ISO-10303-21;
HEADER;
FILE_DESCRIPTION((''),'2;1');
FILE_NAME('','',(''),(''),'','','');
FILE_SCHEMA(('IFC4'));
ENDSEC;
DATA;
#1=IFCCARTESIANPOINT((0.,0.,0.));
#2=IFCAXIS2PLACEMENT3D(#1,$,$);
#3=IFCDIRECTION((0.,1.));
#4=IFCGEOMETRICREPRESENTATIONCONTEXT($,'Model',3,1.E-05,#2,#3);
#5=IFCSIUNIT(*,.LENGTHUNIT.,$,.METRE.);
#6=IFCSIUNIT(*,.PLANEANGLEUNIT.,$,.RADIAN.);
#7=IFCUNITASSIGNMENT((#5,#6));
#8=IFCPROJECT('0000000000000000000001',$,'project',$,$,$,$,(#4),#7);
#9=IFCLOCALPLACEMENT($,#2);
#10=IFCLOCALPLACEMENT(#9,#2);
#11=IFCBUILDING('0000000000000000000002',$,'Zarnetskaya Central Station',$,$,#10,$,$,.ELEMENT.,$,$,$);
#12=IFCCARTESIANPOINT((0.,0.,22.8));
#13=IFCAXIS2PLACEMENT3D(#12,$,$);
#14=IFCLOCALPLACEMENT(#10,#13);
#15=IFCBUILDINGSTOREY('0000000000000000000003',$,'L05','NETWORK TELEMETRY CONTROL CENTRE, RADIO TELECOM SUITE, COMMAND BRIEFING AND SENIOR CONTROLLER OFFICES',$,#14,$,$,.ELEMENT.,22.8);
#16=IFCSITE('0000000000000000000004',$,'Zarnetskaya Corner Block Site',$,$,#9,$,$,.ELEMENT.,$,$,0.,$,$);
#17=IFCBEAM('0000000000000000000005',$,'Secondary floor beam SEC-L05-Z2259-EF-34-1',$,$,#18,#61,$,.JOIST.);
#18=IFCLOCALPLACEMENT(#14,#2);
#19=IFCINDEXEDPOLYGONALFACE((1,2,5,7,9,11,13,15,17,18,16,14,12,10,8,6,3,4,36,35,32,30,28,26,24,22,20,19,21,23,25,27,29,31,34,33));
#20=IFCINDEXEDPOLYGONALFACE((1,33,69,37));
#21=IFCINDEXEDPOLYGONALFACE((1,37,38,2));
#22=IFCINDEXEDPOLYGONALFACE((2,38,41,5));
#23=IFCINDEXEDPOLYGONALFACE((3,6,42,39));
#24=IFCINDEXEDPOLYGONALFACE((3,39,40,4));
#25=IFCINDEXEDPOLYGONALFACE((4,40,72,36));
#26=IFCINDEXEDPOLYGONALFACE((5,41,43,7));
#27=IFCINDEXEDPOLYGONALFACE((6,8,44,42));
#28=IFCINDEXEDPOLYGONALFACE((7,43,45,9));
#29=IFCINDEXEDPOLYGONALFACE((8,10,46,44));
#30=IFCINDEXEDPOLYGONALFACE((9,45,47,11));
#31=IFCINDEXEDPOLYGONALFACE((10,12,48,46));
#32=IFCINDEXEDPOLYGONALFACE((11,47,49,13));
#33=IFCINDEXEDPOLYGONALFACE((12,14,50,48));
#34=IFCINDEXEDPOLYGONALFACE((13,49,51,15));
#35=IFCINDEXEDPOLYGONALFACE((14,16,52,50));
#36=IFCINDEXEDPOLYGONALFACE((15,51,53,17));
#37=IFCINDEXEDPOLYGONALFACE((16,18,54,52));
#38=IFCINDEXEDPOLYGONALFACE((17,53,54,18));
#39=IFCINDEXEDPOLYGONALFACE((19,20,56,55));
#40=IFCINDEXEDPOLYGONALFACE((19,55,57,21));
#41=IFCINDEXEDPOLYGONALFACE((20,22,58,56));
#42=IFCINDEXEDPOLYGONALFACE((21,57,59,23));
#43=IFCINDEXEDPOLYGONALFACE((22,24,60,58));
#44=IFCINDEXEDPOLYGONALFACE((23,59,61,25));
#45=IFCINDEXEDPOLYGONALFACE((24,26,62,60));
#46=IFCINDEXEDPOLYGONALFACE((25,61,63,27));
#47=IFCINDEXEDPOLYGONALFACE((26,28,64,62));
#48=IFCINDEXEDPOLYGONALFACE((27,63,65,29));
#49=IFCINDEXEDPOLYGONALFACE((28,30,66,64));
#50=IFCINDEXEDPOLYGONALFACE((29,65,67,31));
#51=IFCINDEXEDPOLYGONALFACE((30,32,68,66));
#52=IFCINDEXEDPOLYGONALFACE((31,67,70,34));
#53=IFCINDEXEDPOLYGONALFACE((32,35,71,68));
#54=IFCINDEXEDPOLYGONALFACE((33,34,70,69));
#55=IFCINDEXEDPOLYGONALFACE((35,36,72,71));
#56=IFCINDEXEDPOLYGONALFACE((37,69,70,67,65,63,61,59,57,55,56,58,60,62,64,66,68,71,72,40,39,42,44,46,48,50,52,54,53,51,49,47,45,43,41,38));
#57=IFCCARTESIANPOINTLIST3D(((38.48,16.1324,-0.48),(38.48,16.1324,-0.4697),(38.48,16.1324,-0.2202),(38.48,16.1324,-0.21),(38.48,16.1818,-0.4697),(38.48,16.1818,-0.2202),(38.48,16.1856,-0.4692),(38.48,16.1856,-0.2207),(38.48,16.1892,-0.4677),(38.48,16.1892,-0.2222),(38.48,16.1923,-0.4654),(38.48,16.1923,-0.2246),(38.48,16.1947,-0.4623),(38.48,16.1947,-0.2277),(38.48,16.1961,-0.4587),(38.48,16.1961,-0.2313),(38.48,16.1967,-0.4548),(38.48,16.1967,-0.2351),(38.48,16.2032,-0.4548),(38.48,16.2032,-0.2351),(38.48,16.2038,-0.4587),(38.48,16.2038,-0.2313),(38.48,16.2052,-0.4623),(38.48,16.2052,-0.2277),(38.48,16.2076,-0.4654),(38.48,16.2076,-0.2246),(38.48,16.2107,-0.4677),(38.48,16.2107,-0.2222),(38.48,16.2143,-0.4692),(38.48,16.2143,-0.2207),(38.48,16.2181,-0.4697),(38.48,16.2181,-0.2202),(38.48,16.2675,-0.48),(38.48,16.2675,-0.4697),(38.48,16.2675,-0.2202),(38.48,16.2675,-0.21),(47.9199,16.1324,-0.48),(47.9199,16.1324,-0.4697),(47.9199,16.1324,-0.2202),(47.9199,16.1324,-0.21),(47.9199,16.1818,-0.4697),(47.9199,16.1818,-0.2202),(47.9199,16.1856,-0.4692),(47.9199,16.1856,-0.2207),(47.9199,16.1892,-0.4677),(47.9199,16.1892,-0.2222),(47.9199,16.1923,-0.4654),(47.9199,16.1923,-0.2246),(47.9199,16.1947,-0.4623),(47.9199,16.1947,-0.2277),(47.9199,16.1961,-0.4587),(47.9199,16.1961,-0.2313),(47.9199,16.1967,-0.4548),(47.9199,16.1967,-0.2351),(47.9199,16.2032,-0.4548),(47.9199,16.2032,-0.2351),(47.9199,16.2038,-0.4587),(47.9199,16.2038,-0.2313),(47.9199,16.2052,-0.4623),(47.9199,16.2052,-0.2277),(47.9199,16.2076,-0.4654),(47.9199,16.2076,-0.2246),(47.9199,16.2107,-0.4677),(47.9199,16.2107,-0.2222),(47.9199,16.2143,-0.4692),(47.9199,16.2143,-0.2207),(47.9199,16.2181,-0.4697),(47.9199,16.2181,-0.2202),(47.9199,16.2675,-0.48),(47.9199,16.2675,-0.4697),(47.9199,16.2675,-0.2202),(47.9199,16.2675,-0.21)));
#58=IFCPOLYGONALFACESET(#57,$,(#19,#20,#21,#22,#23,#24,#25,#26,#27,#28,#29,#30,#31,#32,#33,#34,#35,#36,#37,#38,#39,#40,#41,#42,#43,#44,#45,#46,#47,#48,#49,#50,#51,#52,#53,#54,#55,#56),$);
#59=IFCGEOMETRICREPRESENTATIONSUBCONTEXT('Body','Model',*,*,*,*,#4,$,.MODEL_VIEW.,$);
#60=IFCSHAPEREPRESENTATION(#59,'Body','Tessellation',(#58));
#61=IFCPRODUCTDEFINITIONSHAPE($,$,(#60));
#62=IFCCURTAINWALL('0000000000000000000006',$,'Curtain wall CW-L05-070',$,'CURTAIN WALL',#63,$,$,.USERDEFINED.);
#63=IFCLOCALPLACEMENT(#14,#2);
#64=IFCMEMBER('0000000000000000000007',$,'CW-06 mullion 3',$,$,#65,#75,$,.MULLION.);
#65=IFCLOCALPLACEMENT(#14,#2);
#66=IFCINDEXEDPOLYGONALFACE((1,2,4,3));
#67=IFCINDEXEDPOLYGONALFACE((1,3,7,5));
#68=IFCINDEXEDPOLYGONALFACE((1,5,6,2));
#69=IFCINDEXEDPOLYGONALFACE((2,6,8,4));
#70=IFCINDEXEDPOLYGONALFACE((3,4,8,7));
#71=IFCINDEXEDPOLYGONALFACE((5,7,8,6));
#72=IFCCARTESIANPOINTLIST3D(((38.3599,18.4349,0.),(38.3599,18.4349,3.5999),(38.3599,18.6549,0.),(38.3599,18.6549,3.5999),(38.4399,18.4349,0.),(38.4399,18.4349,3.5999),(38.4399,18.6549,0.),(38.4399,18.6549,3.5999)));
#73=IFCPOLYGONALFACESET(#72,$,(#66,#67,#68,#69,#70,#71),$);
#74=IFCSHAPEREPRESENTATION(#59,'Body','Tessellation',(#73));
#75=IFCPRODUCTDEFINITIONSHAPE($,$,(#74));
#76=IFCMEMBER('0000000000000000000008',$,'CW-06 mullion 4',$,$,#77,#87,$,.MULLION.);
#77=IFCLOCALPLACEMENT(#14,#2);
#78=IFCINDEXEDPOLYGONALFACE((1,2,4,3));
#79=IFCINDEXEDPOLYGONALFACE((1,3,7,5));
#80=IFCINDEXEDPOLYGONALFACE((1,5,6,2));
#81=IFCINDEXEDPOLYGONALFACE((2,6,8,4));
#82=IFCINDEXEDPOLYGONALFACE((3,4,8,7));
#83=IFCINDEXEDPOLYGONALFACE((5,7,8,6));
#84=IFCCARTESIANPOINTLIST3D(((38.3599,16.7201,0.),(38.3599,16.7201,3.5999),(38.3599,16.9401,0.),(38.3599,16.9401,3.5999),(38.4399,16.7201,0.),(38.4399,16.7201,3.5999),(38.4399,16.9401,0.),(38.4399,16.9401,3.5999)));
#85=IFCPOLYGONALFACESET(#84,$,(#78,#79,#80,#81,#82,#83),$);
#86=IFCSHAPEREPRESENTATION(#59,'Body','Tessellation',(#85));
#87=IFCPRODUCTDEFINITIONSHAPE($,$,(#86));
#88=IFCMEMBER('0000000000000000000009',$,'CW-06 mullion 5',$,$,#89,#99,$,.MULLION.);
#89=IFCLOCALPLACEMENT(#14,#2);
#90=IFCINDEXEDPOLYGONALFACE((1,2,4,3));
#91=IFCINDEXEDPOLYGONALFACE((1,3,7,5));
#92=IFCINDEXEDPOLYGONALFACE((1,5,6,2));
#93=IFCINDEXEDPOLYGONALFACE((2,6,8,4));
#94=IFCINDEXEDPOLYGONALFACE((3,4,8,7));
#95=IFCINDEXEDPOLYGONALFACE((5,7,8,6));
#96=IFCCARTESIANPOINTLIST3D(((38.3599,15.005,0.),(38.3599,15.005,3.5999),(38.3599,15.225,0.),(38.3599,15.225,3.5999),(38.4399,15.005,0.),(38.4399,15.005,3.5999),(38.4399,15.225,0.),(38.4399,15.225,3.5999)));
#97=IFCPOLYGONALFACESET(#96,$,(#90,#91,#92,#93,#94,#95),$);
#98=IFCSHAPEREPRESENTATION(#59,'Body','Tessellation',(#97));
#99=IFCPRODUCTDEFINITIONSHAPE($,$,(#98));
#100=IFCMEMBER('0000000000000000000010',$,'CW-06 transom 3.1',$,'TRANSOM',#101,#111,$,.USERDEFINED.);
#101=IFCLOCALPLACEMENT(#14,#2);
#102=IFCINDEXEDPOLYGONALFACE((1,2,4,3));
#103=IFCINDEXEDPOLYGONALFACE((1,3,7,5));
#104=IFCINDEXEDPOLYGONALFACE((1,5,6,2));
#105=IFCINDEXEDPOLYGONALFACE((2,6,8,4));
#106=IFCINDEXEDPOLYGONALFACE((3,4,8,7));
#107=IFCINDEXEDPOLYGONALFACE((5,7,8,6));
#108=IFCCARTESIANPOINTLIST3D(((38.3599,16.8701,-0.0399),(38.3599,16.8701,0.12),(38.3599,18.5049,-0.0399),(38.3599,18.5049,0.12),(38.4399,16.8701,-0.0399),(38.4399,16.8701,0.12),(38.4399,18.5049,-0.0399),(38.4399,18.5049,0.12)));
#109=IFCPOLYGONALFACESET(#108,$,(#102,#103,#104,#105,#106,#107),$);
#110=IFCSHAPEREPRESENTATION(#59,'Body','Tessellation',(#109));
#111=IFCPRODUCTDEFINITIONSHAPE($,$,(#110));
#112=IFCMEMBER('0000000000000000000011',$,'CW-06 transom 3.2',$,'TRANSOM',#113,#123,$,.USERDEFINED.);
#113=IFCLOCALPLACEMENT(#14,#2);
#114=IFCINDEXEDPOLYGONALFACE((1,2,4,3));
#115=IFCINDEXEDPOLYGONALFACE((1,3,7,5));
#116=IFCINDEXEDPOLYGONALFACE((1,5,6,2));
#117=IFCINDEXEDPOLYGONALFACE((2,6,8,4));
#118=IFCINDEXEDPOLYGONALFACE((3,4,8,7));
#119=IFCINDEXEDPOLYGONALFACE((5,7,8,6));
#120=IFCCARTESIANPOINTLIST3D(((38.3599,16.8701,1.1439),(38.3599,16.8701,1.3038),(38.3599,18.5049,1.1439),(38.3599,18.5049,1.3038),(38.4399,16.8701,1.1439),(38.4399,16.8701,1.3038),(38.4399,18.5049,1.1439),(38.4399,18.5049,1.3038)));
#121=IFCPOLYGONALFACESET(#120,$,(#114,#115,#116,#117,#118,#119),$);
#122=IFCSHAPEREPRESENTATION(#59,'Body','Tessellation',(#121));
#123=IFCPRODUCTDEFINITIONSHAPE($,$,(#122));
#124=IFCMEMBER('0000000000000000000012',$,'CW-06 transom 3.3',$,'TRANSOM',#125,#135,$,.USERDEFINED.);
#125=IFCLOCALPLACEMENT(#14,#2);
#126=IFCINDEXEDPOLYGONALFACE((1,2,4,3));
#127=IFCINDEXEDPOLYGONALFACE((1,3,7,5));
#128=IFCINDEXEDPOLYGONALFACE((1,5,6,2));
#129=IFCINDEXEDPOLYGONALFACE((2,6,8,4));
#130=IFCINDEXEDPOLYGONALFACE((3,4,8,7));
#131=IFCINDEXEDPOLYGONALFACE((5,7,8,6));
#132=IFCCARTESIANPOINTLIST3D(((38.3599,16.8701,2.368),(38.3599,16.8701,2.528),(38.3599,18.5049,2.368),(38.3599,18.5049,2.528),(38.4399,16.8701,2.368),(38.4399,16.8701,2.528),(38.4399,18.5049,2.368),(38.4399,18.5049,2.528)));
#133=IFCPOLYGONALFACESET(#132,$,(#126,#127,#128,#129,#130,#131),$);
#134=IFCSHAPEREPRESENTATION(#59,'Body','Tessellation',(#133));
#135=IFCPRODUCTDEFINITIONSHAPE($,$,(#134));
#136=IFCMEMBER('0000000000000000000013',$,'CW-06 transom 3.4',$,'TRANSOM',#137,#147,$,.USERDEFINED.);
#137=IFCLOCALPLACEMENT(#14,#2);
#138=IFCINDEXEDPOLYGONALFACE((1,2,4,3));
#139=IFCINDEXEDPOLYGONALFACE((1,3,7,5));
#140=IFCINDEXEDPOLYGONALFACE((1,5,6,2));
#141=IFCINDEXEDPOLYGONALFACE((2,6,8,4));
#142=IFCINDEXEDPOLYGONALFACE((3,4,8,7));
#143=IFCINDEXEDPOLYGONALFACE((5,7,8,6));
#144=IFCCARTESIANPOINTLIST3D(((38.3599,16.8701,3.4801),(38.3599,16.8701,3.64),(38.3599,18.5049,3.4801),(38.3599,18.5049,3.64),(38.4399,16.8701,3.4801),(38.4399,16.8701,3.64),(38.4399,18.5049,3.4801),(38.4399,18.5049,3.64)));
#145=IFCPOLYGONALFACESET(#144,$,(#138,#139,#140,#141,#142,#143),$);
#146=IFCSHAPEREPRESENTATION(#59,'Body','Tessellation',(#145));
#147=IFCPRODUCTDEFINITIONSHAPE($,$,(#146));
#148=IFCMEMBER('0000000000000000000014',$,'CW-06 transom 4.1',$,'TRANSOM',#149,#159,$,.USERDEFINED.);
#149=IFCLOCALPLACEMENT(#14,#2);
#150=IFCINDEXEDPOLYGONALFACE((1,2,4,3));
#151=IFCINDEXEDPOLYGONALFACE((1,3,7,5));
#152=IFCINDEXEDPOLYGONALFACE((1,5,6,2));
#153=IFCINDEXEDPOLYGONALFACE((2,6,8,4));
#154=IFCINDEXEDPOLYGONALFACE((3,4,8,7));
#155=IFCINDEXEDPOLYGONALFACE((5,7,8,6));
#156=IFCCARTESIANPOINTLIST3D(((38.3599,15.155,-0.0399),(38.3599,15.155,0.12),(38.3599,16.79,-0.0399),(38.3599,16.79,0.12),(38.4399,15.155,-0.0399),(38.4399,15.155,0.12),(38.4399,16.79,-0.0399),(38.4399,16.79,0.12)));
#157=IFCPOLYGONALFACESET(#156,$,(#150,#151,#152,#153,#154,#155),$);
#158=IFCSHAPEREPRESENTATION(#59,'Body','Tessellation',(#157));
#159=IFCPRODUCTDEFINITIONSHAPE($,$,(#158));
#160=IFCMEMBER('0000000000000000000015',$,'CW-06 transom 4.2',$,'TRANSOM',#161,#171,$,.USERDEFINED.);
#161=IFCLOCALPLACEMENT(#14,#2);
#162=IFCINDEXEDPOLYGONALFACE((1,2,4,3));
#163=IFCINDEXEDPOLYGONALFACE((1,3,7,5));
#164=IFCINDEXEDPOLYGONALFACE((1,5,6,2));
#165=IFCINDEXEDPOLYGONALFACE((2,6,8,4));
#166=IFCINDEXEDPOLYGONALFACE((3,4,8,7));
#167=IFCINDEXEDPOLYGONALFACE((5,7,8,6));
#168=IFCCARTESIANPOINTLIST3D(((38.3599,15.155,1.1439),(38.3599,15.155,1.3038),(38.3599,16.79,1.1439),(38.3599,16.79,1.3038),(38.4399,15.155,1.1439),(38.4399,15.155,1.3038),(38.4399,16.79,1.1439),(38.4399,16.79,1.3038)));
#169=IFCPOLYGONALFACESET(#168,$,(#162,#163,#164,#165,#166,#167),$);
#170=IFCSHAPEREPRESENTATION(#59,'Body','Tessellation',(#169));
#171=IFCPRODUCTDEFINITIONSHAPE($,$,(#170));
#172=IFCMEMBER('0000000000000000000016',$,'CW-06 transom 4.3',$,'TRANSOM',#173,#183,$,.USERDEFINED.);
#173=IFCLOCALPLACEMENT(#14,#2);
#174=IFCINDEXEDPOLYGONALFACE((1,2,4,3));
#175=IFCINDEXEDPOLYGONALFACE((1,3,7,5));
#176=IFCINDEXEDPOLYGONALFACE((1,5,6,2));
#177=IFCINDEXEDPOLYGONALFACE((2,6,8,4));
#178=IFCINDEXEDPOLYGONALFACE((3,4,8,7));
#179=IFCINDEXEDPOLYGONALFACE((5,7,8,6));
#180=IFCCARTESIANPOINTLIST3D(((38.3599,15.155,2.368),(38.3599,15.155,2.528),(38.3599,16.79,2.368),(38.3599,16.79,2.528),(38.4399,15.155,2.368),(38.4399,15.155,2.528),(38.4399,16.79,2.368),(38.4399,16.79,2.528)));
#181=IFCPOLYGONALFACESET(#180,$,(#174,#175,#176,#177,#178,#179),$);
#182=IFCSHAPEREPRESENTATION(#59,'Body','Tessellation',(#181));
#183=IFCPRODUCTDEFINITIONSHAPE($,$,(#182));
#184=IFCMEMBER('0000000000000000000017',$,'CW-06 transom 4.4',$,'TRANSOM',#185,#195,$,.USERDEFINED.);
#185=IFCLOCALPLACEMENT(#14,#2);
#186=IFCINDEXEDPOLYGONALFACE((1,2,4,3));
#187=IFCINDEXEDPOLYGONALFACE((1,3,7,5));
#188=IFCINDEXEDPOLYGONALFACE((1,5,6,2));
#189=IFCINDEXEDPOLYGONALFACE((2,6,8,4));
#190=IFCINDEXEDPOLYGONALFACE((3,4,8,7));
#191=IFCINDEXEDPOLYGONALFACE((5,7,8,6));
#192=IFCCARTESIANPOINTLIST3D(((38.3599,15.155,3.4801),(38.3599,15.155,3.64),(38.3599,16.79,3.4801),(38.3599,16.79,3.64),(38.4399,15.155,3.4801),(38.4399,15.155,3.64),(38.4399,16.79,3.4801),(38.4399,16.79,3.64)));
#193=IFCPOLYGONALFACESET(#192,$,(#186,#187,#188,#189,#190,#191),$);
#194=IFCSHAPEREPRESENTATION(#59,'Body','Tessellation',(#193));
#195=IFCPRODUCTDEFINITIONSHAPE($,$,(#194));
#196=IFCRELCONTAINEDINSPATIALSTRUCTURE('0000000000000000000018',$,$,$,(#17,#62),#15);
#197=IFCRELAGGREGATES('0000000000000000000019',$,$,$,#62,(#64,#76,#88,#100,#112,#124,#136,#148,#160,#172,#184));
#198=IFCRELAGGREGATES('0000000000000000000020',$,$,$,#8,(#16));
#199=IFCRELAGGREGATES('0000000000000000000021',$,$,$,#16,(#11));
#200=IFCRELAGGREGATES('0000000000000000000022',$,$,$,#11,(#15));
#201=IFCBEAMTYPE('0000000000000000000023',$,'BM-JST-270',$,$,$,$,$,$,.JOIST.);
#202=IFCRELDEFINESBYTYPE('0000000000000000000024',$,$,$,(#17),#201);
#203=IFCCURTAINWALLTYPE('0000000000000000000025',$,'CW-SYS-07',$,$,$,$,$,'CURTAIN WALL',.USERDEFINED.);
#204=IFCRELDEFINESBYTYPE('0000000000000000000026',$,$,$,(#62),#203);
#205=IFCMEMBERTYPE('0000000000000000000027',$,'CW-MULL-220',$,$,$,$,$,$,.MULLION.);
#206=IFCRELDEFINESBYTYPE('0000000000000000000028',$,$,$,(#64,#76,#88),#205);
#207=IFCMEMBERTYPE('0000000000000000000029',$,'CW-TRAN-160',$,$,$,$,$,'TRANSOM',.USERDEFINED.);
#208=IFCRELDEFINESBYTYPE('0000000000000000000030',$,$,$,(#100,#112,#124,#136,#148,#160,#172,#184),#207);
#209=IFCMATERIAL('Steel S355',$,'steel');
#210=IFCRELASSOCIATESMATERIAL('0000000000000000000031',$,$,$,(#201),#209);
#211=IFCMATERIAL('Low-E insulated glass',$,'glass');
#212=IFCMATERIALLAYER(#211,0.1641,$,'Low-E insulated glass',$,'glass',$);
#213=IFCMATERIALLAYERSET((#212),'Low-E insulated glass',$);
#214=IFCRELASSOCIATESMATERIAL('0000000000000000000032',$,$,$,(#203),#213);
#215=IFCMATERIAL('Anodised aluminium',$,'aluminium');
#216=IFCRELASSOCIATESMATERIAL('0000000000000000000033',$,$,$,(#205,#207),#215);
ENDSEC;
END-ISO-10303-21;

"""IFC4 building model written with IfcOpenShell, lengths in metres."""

from ifc_helpers import new_model, si_unit, direction, frame, origin, origin_2d, place, context, subcontext, project, spatial, rectangle, i_section, extrude, material, layer, layer_set, material_profile, profile_set, type_object, element, aggregate, save


model = new_model("IFC4")

# Units and contexts
model_context = context("Model", 3, precision=1e-05, world=origin(), true_north=direction((0.0, 1.0)))
body_context = subcontext(model_context, "Body", "Model", "MODEL_VIEW")
ifc_project = project(units=[si_unit("LENGTHUNIT", "METRE"), si_unit("PLANEANGLEUNIT", "RADIAN")], contexts=[model_context])

# Site, building, storey
site_placement = place(None, origin())
site = spatial("IfcSite", under=ifc_project, at=site_placement, Name="Zarnetskaya Corner Block Site", CompositionType="ELEMENT", RefElevation=0.0)
building_placement = place(site_placement, origin())
building = spatial("IfcBuilding", under=site, at=building_placement, Name="Zarnetskaya Central Station", CompositionType="ELEMENT")
storey_placement = place(building_placement, frame((0.0, 0.0, 22.8)))
storey = spatial("IfcBuildingStorey", under=building, at=storey_placement, Name="L05", Description="NETWORK TELEMETRY CONTROL CENTRE, RADIO TELECOM SUITE, COMMAND BRIEFING AND SENIOR CONTROLLER OFFICES", CompositionType="ELEMENT", Elevation=22.8)

# Beam
ifc_material_1 = material(Name="Steel S355", Category="steel")
ifc_material_profile_1 = material_profile(ifc_material_1, i_section(OverallWidth=0.135, OverallDepth=0.27, WebThickness=0.0066, FlangeThickness=0.0103, FilletRadius=0.0149, at=origin_2d()), Name="IPE 270")
ifc_profile_set_1 = profile_set([ifc_material_profile_1], Name="Steel S355")
beam_type = type_object("IfcBeamType", Name="BM-JST-270", PredefinedType="JOIST", material=ifc_profile_set_1)
beam_placement = place(storey_placement, frame((38.48, 16.2, -0.345), z_axis=(1.0, 0.0, 0.0), x_axis=(0.0, 1.0, 0.0)))
element("IfcBeam", 1, at=beam_placement, inside=storey, type_object=beam_type, Name="Secondary floor beam SEC-L05-Z2259-EF-34-1", PredefinedType="JOIST", context=body_context, shape_type="SweptSolid", body=[
    extrude(i_section(OverallWidth=0.135, OverallDepth=0.27, WebThickness=0.0066, FlangeThickness=0.0103, FilletRadius=0.0149, at=origin_2d()), origin(), (0.0, 0.0, 1.0), 9.4399),
])

# Curtain wall, members
ifc_material_2 = material(Name="Low-E insulated glass", Category="glass")
ifc_layer_1 = layer(ifc_material_2, 0.1641, Name="Low-E insulated glass", Category="glass")
ifc_layer_set_1 = layer_set([ifc_layer_1], Name="Low-E insulated glass")
curtain_wall_type = type_object("IfcCurtainWallType", Name="CW-SYS-07", ElementType="CURTAIN WALL", PredefinedType="USERDEFINED", material=ifc_layer_set_1)
curtain_wall_placement = place(storey_placement, origin())
curtain_wall = element("IfcCurtainWall", 2, at=curtain_wall_placement, inside=storey, type_object=curtain_wall_type, Name="Curtain wall CW-L05-070", ObjectType="CURTAIN WALL", PredefinedType="USERDEFINED")
ifc_material_3 = material(Name="Anodised aluminium", Category="aluminium")
ifc_material_profile_2 = material_profile(ifc_material_3, rectangle(XDim=0.0801, YDim=0.22, at=origin_2d()), Name="ALU MULL 80x220")
ifc_profile_set_2 = profile_set([ifc_material_profile_2], Name="Anodised aluminium")
member_type_1 = type_object("IfcMemberType", Name="CW-MULL-220", PredefinedType="MULLION", material=ifc_profile_set_2)
member_1_placement = place(storey_placement, frame((38.3999, 18.5449, 0.0), z_axis=(0.0, 0.0, 1.0), x_axis=(1.0, 0.0, 0.0)))
member_1 = element("IfcMember", 3, at=member_1_placement, type_object=member_type_1, Name="CW-06 mullion 3", PredefinedType="MULLION", context=body_context, shape_type="SweptSolid", body=[
    extrude(rectangle(XDim=0.0801, YDim=0.22, at=origin_2d()), origin(), (0.0, 0.0, 1.0), 3.5999),
])
member_2_placement = place(storey_placement, frame((38.3999, 16.8301, 0.0), z_axis=(0.0, 0.0, 1.0), x_axis=(1.0, 0.0, 0.0)))
member_2 = element("IfcMember", 4, at=member_2_placement, type_object=member_type_1, Name="CW-06 mullion 4", PredefinedType="MULLION", context=body_context, shape_type="SweptSolid", body=[
    extrude(rectangle(XDim=0.0801, YDim=0.22, at=origin_2d()), origin(), (0.0, 0.0, 1.0), 3.5999),
])
member_3_placement = place(storey_placement, frame((38.3999, 15.115, 0.0), z_axis=(0.0, 0.0, 1.0), x_axis=(1.0, 0.0, 0.0)))
member_3 = element("IfcMember", 5, at=member_3_placement, type_object=member_type_1, Name="CW-06 mullion 5", PredefinedType="MULLION", context=body_context, shape_type="SweptSolid", body=[
    extrude(rectangle(XDim=0.0801, YDim=0.22, at=origin_2d()), origin(), (0.0, 0.0, 1.0), 3.5999),
])
ifc_material_profile_3 = material_profile(ifc_material_3, rectangle(XDim=0.0801, YDim=0.1599, at=origin_2d()), Name="ALU TRAN 80x160")
ifc_profile_set_3 = profile_set([ifc_material_profile_3], Name="Anodised aluminium")
member_type_2 = type_object("IfcMemberType", Name="CW-TRAN-160", ElementType="TRANSOM", PredefinedType="USERDEFINED", material=ifc_profile_set_3)
member_4_placement = place(storey_placement, frame((38.3999, 18.5049, 0.04), z_axis=(0.0, -1.0, 0.0), x_axis=(1.0, 0.0, 0.0)))
member_4 = element("IfcMember", 6, at=member_4_placement, type_object=member_type_2, Name="CW-06 transom 3.1", ObjectType="TRANSOM", PredefinedType="USERDEFINED", context=body_context, shape_type="SweptSolid", body=[
    extrude(rectangle(XDim=0.0801, YDim=0.1599, at=origin_2d()), origin(), (0.0, 0.0, 1.0), 1.6348),
])
member_5_placement = place(storey_placement, frame((38.3999, 18.5049, 1.2239), z_axis=(0.0, -1.0, 0.0), x_axis=(1.0, 0.0, 0.0)))
member_5 = element("IfcMember", 7, at=member_5_placement, type_object=member_type_2, Name="CW-06 transom 3.2", ObjectType="TRANSOM", PredefinedType="USERDEFINED", context=body_context, shape_type="SweptSolid", body=[
    extrude(rectangle(XDim=0.0801, YDim=0.1599, at=origin_2d()), origin(), (0.0, 0.0, 1.0), 1.6348),
])
member_6_placement = place(storey_placement, frame((38.3999, 18.5049, 2.448), z_axis=(0.0, -1.0, 0.0), x_axis=(1.0, 0.0, 0.0)))
member_6 = element("IfcMember", 8, at=member_6_placement, type_object=member_type_2, Name="CW-06 transom 3.3", ObjectType="TRANSOM", PredefinedType="USERDEFINED", context=body_context, shape_type="SweptSolid", body=[
    extrude(rectangle(XDim=0.0801, YDim=0.1599, at=origin_2d()), origin(), (0.0, 0.0, 1.0), 1.6348),
])
member_7_placement = place(storey_placement, frame((38.3999, 18.5049, 3.5601), z_axis=(0.0, -1.0, 0.0), x_axis=(1.0, 0.0, 0.0)))
member_7 = element("IfcMember", 9, at=member_7_placement, type_object=member_type_2, Name="CW-06 transom 3.4", ObjectType="TRANSOM", PredefinedType="USERDEFINED", context=body_context, shape_type="SweptSolid", body=[
    extrude(rectangle(XDim=0.0801, YDim=0.1599, at=origin_2d()), origin(), (0.0, 0.0, 1.0), 1.6348),
])
member_8_placement = place(storey_placement, frame((38.3999, 16.79, 0.04), z_axis=(0.0, -1.0, 0.0), x_axis=(1.0, 0.0, 0.0)))
member_8 = element("IfcMember", 10, at=member_8_placement, type_object=member_type_2, Name="CW-06 transom 4.1", ObjectType="TRANSOM", PredefinedType="USERDEFINED", context=body_context, shape_type="SweptSolid", body=[
    extrude(rectangle(XDim=0.0801, YDim=0.1599, at=origin_2d()), origin(), (0.0, 0.0, 1.0), 1.635),
])
member_9_placement = place(storey_placement, frame((38.3999, 16.79, 1.2239), z_axis=(0.0, -1.0, 0.0), x_axis=(1.0, 0.0, 0.0)))
member_9 = element("IfcMember", 11, at=member_9_placement, type_object=member_type_2, Name="CW-06 transom 4.2", ObjectType="TRANSOM", PredefinedType="USERDEFINED", context=body_context, shape_type="SweptSolid", body=[
    extrude(rectangle(XDim=0.0801, YDim=0.1599, at=origin_2d()), origin(), (0.0, 0.0, 1.0), 1.635),
])
member_10_placement = place(storey_placement, frame((38.3999, 16.79, 2.448), z_axis=(0.0, -1.0, 0.0), x_axis=(1.0, 0.0, 0.0)))
member_10 = element("IfcMember", 12, at=member_10_placement, type_object=member_type_2, Name="CW-06 transom 4.3", ObjectType="TRANSOM", PredefinedType="USERDEFINED", context=body_context, shape_type="SweptSolid", body=[
    extrude(rectangle(XDim=0.0801, YDim=0.1599, at=origin_2d()), origin(), (0.0, 0.0, 1.0), 1.635),
])
member_11_placement = place(storey_placement, frame((38.3999, 16.79, 3.5601), z_axis=(0.0, -1.0, 0.0), x_axis=(1.0, 0.0, 0.0)))
member_11 = element("IfcMember", 13, at=member_11_placement, type_object=member_type_2, Name="CW-06 transom 4.4", ObjectType="TRANSOM", PredefinedType="USERDEFINED", context=body_context, shape_type="SweptSolid", body=[
    extrude(rectangle(XDim=0.0801, YDim=0.1599, at=origin_2d()), origin(), (0.0, 0.0, 1.0), 1.635),
])
aggregate(curtain_wall, [member_1, member_2, member_3, member_4, member_5, member_6, member_7, member_8, member_9, member_10, member_11])

save(model, "model.ifc")
